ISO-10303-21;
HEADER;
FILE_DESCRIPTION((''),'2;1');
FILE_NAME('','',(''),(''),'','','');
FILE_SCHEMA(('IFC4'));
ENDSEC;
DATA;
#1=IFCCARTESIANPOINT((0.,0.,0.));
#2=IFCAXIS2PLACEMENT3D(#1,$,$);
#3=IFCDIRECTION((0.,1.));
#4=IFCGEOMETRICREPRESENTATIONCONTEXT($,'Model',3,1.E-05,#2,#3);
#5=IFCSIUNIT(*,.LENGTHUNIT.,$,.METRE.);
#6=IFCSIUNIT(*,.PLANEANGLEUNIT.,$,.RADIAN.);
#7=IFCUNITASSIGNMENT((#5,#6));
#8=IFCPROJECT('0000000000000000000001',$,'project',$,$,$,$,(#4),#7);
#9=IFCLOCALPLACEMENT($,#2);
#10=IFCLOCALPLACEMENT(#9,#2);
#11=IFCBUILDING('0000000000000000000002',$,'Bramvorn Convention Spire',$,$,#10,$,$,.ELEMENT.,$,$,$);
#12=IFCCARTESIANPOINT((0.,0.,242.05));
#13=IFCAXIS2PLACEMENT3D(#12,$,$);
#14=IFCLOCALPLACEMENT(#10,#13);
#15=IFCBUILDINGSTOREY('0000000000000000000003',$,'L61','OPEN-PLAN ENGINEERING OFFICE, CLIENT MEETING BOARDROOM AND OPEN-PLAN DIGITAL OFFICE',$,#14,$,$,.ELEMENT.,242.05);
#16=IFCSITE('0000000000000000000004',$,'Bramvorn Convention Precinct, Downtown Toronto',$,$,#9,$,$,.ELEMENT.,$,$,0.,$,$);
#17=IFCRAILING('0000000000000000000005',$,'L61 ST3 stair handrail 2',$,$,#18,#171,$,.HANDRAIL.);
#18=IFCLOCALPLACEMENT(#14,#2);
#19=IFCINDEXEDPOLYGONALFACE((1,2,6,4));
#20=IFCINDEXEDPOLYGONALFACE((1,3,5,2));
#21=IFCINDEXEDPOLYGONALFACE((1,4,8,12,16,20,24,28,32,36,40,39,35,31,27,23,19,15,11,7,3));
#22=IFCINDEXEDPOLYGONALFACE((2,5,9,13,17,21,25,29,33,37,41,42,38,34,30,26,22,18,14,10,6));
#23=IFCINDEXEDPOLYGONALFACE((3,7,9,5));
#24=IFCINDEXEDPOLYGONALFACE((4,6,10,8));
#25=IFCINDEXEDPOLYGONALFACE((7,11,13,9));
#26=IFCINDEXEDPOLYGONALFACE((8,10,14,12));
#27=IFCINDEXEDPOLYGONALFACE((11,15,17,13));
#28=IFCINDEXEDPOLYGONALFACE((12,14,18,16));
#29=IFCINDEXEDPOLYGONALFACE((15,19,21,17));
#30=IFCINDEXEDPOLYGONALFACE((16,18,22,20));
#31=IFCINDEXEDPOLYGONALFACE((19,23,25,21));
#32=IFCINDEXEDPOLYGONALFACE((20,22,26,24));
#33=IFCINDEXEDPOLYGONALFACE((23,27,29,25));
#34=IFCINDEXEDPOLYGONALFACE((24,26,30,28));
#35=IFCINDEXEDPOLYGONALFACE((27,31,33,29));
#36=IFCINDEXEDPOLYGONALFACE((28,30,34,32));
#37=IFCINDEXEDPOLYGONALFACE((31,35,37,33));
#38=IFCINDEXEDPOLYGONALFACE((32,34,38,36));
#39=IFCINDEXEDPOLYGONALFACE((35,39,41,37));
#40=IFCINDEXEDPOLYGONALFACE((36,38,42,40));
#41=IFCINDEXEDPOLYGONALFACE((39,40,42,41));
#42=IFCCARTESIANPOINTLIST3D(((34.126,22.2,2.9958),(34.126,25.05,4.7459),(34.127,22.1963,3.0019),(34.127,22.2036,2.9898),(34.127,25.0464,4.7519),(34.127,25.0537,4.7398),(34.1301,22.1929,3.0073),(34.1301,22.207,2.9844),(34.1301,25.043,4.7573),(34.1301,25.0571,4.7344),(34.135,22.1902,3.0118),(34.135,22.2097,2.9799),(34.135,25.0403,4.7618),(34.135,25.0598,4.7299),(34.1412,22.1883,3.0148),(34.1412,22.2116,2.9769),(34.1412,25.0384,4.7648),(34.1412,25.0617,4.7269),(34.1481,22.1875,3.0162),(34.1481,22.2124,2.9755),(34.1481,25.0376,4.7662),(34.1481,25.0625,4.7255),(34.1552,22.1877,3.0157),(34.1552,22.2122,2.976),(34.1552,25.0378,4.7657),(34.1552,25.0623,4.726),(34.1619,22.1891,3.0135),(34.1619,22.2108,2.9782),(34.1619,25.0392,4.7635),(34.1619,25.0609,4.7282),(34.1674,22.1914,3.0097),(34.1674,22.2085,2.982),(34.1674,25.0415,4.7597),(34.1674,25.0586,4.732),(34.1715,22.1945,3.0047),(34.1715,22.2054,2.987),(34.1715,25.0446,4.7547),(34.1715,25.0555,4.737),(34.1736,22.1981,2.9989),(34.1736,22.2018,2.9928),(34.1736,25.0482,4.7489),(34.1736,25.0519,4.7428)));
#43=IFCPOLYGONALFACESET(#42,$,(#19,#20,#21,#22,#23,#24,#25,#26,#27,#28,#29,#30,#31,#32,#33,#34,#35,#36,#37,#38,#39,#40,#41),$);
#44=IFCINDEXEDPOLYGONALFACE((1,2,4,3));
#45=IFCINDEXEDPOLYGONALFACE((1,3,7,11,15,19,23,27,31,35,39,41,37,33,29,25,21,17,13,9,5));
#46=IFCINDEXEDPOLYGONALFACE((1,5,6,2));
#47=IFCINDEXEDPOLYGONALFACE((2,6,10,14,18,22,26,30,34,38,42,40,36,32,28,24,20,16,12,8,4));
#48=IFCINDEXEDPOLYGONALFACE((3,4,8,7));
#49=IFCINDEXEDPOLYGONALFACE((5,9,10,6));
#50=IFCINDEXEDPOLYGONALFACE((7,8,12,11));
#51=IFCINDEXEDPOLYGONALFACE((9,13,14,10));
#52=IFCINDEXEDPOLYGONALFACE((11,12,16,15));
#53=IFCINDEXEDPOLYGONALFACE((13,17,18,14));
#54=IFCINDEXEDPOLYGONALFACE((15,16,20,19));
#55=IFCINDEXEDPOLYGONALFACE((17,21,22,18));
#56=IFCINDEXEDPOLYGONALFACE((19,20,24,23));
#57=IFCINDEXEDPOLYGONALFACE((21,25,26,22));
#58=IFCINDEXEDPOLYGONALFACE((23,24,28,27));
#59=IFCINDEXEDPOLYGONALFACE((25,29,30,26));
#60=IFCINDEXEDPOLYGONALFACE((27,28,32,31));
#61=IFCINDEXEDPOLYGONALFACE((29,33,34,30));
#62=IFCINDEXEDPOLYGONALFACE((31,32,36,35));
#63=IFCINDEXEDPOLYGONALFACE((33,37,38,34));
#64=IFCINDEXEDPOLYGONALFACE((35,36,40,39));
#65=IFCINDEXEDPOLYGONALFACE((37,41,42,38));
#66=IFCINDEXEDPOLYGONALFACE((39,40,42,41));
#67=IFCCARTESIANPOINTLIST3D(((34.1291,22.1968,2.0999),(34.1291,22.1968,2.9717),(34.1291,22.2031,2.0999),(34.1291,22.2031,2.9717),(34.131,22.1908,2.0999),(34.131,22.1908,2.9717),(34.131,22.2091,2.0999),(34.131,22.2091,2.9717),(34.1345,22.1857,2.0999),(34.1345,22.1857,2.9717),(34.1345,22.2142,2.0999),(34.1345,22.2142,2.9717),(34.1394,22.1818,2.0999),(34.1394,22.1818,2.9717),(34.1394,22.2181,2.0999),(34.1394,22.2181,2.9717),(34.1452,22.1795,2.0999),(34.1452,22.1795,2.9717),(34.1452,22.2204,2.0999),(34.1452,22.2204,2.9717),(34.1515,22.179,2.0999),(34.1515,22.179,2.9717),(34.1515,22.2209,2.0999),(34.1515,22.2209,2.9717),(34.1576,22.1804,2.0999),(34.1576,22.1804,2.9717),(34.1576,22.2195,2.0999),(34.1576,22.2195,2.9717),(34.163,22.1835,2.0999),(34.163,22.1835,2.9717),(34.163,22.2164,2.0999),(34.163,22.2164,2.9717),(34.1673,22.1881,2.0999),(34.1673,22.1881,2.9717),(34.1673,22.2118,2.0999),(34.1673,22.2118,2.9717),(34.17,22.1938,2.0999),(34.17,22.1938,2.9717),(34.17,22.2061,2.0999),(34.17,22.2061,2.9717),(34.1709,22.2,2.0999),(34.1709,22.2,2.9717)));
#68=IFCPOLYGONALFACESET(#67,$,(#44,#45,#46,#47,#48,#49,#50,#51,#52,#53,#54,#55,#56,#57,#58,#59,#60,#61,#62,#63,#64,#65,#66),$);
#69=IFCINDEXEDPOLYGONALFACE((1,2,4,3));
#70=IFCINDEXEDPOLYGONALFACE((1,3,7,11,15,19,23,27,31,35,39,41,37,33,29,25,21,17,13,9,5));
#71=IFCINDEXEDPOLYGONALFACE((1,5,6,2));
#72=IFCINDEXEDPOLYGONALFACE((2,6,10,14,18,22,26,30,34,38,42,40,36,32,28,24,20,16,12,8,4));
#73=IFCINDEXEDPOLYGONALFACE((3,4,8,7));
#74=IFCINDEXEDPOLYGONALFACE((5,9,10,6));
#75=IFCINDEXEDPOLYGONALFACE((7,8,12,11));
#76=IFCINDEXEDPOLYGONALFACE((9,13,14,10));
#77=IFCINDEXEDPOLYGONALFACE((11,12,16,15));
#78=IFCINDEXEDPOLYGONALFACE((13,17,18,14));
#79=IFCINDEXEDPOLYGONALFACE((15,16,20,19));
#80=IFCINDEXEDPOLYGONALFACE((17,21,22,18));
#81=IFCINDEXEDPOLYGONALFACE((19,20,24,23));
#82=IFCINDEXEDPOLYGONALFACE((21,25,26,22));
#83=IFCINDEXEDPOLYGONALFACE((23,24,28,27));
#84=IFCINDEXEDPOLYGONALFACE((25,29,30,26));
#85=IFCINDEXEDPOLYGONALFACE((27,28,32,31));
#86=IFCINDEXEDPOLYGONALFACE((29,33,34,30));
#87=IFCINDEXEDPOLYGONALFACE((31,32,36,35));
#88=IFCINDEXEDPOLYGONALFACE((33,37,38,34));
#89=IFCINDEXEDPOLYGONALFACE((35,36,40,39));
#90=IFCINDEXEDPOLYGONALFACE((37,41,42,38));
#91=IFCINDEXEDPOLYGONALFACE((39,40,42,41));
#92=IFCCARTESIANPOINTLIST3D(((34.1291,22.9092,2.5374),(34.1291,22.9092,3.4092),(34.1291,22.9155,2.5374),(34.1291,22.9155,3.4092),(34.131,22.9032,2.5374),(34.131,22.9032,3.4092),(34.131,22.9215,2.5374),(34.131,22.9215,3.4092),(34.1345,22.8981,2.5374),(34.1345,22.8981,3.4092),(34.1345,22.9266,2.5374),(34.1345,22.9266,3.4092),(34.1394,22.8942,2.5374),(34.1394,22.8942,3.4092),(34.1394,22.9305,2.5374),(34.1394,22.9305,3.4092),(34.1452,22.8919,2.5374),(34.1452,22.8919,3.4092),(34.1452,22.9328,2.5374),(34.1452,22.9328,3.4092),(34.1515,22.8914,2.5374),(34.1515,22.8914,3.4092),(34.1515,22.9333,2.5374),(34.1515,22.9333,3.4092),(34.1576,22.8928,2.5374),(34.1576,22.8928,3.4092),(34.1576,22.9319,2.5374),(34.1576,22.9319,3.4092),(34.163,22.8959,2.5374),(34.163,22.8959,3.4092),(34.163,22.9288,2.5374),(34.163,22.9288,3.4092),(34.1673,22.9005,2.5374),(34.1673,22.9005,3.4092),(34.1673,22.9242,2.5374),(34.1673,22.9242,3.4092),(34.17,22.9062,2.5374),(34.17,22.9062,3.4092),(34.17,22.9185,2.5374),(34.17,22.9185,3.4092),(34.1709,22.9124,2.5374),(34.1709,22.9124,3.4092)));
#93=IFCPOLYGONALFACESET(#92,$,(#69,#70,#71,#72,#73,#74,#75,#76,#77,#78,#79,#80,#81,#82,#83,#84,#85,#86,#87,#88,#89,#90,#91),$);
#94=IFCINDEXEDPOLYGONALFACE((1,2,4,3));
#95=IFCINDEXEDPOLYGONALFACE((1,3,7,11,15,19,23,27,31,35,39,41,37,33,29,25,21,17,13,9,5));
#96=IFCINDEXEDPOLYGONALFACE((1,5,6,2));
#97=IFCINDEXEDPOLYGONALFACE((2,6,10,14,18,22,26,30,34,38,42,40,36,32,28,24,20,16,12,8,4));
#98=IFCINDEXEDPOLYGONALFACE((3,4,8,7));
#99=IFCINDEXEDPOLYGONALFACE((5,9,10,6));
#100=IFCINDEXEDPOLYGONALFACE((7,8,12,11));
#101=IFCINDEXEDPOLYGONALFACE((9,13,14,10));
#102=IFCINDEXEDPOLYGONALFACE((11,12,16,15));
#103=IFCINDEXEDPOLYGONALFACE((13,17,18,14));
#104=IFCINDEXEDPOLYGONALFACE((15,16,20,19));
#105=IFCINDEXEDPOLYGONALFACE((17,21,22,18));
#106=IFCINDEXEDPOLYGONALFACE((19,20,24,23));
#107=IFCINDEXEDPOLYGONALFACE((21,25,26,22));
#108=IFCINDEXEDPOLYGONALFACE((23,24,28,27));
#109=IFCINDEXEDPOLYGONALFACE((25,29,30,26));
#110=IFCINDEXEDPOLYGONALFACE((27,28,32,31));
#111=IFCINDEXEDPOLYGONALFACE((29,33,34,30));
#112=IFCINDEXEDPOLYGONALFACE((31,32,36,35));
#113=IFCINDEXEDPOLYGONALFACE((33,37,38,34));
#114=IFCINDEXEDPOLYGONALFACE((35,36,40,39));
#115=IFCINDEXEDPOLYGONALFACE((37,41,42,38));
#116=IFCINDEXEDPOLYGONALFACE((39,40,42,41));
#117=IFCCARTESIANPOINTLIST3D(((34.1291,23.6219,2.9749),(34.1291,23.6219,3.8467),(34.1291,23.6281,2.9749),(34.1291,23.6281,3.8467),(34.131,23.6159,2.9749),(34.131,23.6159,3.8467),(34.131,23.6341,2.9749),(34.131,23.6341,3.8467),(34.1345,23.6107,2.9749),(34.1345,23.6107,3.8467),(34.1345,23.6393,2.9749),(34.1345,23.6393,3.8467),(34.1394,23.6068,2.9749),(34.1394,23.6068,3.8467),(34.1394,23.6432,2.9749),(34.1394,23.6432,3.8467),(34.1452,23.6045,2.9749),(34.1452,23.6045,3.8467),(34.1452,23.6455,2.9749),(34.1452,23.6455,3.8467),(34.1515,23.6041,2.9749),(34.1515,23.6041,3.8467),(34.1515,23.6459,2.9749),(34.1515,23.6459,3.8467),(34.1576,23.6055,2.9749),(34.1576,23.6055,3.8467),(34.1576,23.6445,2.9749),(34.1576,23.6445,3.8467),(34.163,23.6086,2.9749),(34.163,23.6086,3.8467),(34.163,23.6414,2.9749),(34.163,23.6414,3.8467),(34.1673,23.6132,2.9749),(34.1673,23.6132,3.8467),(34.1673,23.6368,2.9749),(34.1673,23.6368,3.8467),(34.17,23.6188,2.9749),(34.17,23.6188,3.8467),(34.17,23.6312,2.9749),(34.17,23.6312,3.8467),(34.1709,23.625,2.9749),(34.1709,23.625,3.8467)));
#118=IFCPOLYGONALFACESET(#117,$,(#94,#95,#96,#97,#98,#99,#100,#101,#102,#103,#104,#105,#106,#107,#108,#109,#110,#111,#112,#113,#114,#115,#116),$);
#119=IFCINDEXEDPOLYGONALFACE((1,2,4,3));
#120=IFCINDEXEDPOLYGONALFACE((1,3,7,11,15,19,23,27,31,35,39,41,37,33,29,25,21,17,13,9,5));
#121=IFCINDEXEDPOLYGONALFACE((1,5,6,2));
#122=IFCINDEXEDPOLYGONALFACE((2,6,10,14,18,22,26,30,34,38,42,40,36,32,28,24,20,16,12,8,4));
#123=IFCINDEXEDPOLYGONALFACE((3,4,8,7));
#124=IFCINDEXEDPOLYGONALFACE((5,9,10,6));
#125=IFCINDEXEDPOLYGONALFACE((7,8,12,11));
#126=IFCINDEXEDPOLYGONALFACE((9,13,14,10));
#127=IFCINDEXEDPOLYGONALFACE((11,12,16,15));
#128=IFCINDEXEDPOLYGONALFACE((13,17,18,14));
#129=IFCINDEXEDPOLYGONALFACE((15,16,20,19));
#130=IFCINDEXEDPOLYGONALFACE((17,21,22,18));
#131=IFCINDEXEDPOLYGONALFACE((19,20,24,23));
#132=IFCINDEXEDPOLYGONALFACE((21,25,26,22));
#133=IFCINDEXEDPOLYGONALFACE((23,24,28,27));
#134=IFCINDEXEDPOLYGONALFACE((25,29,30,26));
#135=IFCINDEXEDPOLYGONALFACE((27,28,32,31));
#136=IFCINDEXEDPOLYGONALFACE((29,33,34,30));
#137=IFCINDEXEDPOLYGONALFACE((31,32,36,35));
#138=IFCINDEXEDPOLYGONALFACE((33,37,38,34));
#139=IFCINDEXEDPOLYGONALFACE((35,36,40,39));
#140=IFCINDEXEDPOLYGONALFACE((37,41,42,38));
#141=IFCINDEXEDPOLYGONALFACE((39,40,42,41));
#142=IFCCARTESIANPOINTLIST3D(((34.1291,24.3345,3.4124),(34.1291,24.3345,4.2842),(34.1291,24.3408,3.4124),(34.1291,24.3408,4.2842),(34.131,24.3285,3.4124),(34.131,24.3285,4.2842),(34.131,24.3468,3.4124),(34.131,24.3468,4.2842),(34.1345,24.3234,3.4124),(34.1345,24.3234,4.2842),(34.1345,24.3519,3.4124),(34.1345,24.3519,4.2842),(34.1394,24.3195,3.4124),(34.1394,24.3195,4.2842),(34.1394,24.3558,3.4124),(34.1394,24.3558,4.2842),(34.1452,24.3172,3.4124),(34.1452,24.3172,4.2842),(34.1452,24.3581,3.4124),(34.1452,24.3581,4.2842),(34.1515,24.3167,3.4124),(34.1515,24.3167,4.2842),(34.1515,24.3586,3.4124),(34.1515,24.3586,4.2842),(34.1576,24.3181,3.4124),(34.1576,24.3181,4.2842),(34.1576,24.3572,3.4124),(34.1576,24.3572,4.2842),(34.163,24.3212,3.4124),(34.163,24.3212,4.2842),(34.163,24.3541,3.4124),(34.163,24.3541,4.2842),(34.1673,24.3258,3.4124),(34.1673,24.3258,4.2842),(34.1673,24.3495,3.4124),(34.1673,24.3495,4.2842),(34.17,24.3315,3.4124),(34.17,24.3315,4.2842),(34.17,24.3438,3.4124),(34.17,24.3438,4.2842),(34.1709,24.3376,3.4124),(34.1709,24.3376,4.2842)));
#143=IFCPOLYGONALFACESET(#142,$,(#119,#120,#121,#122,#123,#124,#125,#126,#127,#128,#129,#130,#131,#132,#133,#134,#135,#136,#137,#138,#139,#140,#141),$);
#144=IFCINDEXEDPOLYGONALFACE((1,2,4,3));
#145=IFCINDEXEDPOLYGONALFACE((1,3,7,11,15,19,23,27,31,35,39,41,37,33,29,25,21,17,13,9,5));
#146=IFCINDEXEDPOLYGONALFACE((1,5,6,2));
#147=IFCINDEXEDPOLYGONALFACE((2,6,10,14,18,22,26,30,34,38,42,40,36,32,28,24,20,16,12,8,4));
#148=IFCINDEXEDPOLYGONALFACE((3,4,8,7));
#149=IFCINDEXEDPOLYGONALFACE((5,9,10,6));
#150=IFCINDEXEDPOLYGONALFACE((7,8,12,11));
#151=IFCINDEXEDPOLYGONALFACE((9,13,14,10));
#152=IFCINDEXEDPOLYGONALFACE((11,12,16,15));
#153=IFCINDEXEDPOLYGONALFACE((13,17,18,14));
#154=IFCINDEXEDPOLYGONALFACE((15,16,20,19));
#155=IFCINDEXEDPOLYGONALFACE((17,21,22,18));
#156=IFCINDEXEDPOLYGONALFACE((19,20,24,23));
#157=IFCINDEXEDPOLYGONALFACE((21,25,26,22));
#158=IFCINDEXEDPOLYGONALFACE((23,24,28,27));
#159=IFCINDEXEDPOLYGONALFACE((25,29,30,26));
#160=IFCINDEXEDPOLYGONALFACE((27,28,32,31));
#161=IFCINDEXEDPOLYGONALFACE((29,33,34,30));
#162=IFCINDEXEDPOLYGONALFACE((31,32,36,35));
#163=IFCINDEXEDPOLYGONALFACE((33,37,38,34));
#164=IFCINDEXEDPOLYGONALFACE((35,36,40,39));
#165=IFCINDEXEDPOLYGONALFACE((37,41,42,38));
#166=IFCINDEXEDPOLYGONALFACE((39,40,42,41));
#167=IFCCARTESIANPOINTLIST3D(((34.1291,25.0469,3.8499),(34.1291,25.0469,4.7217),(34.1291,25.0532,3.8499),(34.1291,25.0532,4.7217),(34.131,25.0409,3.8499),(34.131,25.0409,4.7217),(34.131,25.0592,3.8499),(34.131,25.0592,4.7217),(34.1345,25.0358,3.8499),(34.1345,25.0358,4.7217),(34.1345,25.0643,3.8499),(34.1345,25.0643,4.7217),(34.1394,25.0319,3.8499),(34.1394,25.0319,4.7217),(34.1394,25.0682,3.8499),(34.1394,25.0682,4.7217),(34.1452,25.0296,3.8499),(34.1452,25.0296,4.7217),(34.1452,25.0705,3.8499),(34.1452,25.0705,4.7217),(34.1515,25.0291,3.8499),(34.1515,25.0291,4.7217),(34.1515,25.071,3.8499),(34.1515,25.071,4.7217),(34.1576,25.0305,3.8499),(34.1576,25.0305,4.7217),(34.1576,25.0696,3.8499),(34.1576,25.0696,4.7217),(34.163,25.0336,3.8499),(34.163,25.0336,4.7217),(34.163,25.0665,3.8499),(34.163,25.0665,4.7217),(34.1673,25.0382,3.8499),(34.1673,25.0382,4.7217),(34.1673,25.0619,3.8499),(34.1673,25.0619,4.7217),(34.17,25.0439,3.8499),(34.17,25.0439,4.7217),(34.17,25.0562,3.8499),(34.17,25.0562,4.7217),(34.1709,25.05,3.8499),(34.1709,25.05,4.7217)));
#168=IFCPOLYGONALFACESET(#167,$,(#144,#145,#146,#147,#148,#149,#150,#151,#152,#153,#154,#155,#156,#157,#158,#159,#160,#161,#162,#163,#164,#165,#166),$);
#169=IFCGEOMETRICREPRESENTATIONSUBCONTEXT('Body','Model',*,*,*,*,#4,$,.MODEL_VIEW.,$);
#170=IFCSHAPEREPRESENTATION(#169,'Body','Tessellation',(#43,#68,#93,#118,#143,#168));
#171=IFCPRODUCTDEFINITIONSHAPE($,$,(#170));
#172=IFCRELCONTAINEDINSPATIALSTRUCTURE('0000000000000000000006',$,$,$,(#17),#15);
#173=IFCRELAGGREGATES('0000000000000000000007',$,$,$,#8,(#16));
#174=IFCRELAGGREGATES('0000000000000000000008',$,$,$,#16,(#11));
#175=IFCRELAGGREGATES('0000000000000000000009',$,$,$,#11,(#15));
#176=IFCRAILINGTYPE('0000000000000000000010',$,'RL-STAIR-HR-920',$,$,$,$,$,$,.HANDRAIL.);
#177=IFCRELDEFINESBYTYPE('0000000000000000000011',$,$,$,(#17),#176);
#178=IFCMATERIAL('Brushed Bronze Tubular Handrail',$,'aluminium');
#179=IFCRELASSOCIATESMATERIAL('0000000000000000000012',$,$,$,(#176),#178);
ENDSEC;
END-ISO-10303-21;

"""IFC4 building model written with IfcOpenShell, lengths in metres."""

from ifc_helpers import new_model, si_unit, direction, frame, origin, origin_2d, place, context, subcontext, project, spatial, circle, extrude, material, type_object, element, save


model = new_model("IFC4")

# Units and contexts
model_context = context("Model", 3, precision=1e-05, world=origin(), true_north=direction((0.0, 1.0)))
body_context = subcontext(model_context, "Body", "Model", "MODEL_VIEW")
ifc_project = project(units=[si_unit("LENGTHUNIT", "METRE"), si_unit("PLANEANGLEUNIT", "RADIAN")], contexts=[model_context])

# Site, building, storey
site_placement = place(None, origin())
site = spatial("IfcSite", under=ifc_project, at=site_placement, Name="Bramvorn Convention Precinct, Downtown Toronto", CompositionType="ELEMENT", RefElevation=0.0)
building_placement = place(site_placement, origin())
building = spatial("IfcBuilding", under=site, at=building_placement, Name="Bramvorn Convention Spire", CompositionType="ELEMENT")
storey_placement = place(building_placement, frame((0.0, 0.0, 242.05)))
storey = spatial("IfcBuildingStorey", under=building, at=storey_placement, Name="L61", Description="OPEN-PLAN ENGINEERING OFFICE, CLIENT MEETING BOARDROOM AND OPEN-PLAN DIGITAL OFFICE", CompositionType="ELEMENT", Elevation=242.05)

# Railing
ifc_material_1 = material(Name="Brushed Bronze Tubular Handrail", Category="aluminium")
railing_type_1 = type_object("IfcRailingType", Name="RL-STAIR-HR-920", PredefinedType="HANDRAIL", material=ifc_material_1)
railing_1_placement = place(storey_placement, frame((34.1499, 22.2, 2.0999)))
element("IfcRailing", 1, at=railing_1_placement, inside=storey, type_object=railing_type_1, Name="L61 ST3 stair handrail 2", PredefinedType="HANDRAIL", context=body_context, shape_type="SweptSolid", body=[
    extrude(circle(Radius=0.0239, at=origin_2d()), frame((0.0, 0.0, 0.896), z_axis=(0.0, 0.852179, 0.52325), x_axis=(-1.0, 0.0, 0.0)), (0.0, 0.0, 1.0), 3.3445),
    extrude(circle(Radius=0.021, at=origin_2d()), origin(), (0.0, 0.0, 1.0), 0.8718),
    extrude(circle(Radius=0.021, at=origin_2d()), frame((0.0, 0.7124, 0.4375)), (0.0, 0.0, 1.0), 0.8718),
    extrude(circle(Radius=0.021, at=origin_2d()), frame((0.0, 1.425, 0.875)), (0.0, 0.0, 1.0), 0.8718),
    extrude(circle(Radius=0.021, at=origin_2d()), frame((0.0, 2.1377, 1.3125)), (0.0, 0.0, 1.0), 0.8718),
    extrude(circle(Radius=0.021, at=origin_2d()), frame((0.0, 2.8501, 1.75)), (0.0, 0.0, 1.0), 0.8718),
])

save(model, "model.ifc")
